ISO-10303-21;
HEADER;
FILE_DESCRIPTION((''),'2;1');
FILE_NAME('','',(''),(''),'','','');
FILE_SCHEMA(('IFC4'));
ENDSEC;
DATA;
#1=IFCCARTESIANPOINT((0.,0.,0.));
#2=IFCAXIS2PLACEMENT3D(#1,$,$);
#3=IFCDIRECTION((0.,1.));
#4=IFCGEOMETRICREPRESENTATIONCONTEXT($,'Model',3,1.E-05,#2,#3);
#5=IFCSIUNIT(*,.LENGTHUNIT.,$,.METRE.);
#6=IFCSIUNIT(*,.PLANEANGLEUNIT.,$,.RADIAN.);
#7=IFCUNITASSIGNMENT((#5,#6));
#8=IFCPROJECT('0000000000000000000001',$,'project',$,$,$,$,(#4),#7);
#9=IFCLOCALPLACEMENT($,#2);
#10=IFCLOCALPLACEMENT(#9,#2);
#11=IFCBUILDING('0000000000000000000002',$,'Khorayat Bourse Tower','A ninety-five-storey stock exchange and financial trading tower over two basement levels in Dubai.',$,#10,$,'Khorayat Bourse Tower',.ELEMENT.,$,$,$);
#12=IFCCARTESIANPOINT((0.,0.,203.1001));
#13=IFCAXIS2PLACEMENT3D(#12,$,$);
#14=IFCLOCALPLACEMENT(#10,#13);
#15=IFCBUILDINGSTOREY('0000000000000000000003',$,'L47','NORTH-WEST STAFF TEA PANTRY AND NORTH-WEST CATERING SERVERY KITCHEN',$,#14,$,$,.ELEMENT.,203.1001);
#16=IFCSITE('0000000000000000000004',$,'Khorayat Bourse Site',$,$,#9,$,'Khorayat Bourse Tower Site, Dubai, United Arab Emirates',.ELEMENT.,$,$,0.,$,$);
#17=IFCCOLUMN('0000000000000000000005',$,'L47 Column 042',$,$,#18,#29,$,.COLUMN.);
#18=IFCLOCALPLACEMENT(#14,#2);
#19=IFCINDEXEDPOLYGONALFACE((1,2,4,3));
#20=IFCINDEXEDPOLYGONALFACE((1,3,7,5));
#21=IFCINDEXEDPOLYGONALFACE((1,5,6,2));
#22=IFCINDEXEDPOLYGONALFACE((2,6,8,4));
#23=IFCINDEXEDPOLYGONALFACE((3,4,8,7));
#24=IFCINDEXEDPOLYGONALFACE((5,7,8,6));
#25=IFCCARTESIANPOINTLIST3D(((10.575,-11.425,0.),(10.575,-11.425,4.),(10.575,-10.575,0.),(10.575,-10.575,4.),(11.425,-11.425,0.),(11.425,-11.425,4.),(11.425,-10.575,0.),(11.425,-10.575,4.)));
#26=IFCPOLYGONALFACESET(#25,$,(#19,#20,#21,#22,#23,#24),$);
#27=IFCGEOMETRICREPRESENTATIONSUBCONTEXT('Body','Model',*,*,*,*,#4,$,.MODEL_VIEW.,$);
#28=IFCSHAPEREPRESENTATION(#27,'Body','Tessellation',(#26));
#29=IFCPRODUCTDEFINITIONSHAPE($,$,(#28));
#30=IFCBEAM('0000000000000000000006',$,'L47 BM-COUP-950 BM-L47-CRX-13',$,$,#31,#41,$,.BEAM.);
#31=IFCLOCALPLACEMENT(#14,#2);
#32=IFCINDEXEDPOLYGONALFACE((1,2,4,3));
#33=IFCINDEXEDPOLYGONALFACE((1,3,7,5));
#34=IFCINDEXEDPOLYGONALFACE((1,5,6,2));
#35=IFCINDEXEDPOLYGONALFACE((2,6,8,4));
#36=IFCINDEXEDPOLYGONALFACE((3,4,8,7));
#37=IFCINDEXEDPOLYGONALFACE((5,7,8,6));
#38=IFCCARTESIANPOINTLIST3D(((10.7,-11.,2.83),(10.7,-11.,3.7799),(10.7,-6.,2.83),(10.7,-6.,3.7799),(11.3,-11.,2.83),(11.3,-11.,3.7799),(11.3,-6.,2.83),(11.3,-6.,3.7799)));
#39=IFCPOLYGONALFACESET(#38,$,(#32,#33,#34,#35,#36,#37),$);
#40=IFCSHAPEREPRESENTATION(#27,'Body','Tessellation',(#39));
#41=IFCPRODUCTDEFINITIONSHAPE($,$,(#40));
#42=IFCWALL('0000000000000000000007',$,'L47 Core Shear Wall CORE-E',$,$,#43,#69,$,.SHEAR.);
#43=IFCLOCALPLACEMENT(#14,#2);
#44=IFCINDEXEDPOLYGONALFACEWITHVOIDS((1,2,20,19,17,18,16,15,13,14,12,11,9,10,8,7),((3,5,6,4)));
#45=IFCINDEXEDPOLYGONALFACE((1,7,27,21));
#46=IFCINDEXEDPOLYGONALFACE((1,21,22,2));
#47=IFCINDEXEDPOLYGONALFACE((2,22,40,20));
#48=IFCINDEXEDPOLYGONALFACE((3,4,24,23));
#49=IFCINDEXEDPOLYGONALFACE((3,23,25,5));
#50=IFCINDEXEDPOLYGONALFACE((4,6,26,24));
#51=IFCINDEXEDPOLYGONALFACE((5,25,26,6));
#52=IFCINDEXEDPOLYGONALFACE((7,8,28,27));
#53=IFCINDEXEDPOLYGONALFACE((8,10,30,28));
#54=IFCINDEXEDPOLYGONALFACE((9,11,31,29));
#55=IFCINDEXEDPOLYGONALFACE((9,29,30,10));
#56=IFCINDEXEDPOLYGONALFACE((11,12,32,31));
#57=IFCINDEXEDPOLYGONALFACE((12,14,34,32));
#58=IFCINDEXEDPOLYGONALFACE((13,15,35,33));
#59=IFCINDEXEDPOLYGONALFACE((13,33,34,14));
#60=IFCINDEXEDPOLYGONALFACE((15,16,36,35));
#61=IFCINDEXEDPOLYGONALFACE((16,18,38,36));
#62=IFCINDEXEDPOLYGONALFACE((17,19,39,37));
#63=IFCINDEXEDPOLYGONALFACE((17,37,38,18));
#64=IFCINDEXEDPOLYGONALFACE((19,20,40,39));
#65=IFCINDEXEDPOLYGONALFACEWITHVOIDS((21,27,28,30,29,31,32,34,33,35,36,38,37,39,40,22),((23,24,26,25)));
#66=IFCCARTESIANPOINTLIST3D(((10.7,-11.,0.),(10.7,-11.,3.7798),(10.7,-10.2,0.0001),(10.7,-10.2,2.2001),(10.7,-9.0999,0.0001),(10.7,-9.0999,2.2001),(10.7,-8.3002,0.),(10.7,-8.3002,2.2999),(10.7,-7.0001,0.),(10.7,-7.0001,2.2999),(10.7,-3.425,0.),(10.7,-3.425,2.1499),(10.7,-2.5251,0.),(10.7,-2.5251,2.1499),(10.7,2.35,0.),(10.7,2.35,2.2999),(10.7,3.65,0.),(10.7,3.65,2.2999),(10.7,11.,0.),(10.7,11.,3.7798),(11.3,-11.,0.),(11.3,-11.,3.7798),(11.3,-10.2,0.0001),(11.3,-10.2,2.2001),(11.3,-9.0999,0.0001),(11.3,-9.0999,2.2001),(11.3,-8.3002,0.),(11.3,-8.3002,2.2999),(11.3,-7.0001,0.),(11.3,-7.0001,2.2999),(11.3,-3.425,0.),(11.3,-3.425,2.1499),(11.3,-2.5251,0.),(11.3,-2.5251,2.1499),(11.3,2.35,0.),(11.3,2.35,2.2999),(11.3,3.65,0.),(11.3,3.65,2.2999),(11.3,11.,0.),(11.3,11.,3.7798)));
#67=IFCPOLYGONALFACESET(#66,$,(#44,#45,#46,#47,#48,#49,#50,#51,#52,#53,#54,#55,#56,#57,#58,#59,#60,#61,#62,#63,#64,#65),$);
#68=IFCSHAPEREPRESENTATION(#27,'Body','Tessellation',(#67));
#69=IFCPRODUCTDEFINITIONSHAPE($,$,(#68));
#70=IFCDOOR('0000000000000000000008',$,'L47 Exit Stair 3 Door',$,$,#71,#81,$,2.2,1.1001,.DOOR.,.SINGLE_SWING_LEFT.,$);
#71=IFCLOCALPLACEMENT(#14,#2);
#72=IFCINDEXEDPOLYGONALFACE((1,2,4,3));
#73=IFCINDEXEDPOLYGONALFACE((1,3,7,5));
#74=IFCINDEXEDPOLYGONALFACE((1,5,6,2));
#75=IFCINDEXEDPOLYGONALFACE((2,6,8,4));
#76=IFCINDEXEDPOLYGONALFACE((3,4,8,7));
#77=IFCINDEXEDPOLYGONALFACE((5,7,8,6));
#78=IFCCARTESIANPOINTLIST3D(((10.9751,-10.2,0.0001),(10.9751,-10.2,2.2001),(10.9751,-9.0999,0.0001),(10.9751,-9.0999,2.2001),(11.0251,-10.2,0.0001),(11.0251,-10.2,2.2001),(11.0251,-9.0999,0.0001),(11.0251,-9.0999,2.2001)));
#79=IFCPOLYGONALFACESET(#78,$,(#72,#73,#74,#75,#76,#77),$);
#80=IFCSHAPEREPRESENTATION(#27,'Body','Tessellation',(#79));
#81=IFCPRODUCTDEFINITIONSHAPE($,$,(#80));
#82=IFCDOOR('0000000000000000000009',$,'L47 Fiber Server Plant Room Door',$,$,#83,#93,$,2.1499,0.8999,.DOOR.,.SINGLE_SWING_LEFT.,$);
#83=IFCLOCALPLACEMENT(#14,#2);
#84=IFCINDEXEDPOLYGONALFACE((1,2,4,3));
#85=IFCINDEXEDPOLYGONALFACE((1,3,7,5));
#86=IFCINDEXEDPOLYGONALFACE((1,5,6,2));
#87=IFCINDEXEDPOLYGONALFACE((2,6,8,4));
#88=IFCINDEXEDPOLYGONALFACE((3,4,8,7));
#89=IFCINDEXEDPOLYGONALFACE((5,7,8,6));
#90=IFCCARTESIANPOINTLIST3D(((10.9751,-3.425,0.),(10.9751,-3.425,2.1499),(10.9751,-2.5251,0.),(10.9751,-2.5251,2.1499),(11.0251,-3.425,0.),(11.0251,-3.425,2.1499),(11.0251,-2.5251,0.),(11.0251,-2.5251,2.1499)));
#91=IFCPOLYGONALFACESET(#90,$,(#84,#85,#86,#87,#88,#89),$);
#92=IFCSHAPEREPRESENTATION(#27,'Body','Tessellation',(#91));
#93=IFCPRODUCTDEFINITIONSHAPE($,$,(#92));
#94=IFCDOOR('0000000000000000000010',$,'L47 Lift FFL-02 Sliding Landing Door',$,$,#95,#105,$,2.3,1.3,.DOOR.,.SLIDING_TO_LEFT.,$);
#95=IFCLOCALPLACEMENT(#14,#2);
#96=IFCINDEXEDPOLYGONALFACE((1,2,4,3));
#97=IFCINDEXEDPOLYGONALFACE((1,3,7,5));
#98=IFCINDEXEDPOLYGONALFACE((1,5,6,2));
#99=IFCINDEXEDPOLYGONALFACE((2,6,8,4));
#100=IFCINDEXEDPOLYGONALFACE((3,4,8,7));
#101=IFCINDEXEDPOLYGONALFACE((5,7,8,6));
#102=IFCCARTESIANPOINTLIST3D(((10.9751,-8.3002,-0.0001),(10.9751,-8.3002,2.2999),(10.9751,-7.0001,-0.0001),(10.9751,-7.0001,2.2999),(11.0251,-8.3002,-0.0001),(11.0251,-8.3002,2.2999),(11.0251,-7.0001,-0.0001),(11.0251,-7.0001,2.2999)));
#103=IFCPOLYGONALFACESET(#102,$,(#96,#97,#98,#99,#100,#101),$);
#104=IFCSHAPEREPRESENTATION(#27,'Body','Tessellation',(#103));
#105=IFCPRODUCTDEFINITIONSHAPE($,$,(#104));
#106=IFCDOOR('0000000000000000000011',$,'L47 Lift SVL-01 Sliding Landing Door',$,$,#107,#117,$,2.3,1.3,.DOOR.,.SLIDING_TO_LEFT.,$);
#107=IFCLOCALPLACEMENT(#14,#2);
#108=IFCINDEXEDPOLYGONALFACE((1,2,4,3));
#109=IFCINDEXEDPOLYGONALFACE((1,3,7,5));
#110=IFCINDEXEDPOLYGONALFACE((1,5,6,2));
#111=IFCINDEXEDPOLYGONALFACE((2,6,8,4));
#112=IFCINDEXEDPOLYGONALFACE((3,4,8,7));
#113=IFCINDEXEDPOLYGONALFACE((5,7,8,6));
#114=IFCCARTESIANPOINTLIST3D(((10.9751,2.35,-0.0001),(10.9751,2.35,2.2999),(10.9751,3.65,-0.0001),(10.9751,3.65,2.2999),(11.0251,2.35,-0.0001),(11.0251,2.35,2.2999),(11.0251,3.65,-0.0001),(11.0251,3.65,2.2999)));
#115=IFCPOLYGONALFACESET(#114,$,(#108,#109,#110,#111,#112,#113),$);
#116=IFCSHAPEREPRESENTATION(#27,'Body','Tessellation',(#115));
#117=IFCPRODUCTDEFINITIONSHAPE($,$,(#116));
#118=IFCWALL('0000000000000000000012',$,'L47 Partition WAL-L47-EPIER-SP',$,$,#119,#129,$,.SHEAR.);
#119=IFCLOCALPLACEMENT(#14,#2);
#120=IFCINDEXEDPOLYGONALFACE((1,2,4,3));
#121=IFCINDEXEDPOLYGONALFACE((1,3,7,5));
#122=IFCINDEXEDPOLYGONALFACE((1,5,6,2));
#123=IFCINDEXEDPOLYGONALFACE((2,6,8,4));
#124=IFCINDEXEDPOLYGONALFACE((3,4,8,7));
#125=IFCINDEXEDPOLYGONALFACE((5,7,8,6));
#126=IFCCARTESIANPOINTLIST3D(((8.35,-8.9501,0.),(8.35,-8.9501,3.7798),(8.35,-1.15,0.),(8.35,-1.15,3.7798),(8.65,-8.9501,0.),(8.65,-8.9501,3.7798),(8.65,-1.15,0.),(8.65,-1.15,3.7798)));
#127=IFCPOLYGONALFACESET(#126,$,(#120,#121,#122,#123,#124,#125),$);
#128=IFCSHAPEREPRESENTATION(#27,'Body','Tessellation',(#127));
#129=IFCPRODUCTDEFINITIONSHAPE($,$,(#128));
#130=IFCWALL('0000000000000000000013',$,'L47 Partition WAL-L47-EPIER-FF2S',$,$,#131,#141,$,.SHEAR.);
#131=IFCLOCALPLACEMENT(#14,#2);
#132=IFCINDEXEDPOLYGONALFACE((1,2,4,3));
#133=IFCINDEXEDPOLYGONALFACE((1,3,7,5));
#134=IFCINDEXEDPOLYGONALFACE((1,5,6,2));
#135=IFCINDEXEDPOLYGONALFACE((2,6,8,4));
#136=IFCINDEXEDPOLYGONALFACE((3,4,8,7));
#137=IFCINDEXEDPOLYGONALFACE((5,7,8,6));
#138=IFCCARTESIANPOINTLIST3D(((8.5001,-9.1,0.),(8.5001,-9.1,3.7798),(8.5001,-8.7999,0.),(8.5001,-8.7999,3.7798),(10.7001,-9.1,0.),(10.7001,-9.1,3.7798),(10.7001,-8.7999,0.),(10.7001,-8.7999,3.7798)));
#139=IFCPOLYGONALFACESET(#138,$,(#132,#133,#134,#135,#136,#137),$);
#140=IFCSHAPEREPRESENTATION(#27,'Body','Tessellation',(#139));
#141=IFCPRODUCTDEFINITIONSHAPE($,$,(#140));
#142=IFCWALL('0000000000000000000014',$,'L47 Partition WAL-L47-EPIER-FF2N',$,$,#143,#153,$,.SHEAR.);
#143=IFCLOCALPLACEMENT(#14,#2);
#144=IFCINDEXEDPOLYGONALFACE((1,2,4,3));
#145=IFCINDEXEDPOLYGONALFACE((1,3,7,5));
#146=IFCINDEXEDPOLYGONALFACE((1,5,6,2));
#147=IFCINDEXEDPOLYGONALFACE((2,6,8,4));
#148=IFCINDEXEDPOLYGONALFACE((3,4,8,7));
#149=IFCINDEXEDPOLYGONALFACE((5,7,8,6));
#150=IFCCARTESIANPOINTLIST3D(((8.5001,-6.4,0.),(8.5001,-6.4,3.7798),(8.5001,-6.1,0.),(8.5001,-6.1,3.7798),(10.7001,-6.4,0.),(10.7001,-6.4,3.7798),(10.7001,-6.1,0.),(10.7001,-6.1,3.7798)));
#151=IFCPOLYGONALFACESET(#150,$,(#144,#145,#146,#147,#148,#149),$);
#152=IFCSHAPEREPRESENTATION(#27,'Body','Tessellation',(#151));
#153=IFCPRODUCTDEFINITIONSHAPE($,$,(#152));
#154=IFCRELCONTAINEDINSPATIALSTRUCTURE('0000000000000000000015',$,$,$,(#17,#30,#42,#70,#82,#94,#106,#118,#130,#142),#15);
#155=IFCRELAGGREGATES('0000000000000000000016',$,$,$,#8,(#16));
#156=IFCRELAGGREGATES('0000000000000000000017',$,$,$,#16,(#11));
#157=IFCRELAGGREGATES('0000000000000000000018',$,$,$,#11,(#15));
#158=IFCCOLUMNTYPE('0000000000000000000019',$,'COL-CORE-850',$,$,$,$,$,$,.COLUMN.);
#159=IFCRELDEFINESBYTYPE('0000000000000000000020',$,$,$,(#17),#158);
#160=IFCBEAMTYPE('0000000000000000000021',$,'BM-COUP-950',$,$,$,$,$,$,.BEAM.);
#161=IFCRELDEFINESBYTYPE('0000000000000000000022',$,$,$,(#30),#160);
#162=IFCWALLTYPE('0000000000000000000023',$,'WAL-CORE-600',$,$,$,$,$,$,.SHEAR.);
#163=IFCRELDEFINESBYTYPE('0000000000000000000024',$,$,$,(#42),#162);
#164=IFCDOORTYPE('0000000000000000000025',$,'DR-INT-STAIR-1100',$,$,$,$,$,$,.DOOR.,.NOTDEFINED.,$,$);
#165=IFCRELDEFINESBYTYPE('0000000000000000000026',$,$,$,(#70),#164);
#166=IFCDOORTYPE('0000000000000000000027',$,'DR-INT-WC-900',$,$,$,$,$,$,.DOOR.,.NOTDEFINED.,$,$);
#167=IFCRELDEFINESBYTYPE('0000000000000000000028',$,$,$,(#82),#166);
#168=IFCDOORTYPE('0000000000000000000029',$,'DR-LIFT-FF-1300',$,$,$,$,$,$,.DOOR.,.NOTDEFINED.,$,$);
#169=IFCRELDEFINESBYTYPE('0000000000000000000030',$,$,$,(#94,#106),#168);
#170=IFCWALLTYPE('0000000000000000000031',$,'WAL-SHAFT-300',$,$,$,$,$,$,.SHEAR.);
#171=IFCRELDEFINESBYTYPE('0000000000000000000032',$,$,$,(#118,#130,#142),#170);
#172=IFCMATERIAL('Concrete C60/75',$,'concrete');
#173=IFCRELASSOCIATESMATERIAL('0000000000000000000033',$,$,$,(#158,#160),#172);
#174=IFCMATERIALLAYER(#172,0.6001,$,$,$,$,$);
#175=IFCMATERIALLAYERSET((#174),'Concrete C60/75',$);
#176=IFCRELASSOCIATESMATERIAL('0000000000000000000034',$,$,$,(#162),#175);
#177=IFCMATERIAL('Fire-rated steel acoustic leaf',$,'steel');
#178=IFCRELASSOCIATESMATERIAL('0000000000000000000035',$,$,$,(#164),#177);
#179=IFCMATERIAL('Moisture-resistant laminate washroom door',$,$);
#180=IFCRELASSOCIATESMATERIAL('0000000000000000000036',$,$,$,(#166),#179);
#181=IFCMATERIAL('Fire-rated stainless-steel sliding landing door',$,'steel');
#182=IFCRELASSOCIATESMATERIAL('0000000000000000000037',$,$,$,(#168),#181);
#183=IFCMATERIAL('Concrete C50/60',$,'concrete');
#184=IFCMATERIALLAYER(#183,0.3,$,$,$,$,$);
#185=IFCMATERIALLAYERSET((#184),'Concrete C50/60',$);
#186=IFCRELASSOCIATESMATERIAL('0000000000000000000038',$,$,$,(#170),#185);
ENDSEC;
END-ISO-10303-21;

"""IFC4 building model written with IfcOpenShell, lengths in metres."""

from ifc_helpers import new_model, si_unit, direction, frame, frame_2d, origin, origin_2d, place, context, subcontext, project, spatial, rectangle, extrude, source, transform, mapped, material, layer, layer_set, material_profile, profile_set, type_object, element, fill, save


model = new_model("IFC4")

# Units and contexts
model_context = context("Model", 3, precision=1e-05, world=origin(), true_north=direction((0.0, 1.0)))
body_context = subcontext(model_context, "Body", "Model", "MODEL_VIEW")
ifc_project = project(units=[si_unit("LENGTHUNIT", "METRE"), si_unit("PLANEANGLEUNIT", "RADIAN")], contexts=[model_context])

# Site, building, storey
site_placement = place(None, origin())
site = spatial("IfcSite", under=ifc_project, at=site_placement, Name="Khorayat Bourse Site", LongName="Khorayat Bourse Tower Site, Dubai, United Arab Emirates", CompositionType="ELEMENT", RefElevation=0.0)
building_placement = place(site_placement, origin())
building = spatial("IfcBuilding", under=site, at=building_placement, Name="Khorayat Bourse Tower", Description="A ninety-five-storey stock exchange and financial trading tower over two basement levels in Dubai.", LongName="Khorayat Bourse Tower", CompositionType="ELEMENT")
storey_placement = place(building_placement, frame((0.0, 0.0, 203.1001)))
storey = spatial("IfcBuildingStorey", under=building, at=storey_placement, Name="L47", Description="NORTH-WEST STAFF TEA PANTRY AND NORTH-WEST CATERING SERVERY KITCHEN", CompositionType="ELEMENT", Elevation=203.1001)

# Column
ifc_material_1 = material(Name="Concrete C60/75", Category="concrete")
ifc_material_profile_1 = material_profile(ifc_material_1, rectangle(XDim=0.8501, YDim=0.8501, at=origin_2d()), Name="RC 850x850")
ifc_profile_set_1 = profile_set([ifc_material_profile_1], Name="Concrete C60/75")
column_type = type_object("IfcColumnType", Name="COL-CORE-850", PredefinedType="COLUMN", material=ifc_profile_set_1)
shared_shape_1 = source(origin(), body_context, "Body", "SweptSolid", [
    extrude(rectangle(XDim=0.8501, YDim=0.8501, at=origin_2d()), origin(), (0.0, 0.0, 1.0), 4.0),
])
column_placement = place(storey_placement, frame((11.0, -11.0, 0.0), z_axis=(0.0, 0.0, 1.0), x_axis=(1.0, 0.0, 0.0)))
element("IfcColumn", 1, at=column_placement, inside=storey, type_object=column_type, Name="L47 Column 042", PredefinedType="COLUMN", context=body_context, shape_type="MappedRepresentation", body=[
    mapped(shared_shape_1, transform((0.0, 0.0, 0.0), scale=1.0)),
])

# Beam
ifc_material_profile_2 = material_profile(ifc_material_1, rectangle(XDim=0.6001, YDim=0.95, at=origin_2d()), Name="RC 600x950")
ifc_profile_set_2 = profile_set([ifc_material_profile_2], Name="Concrete C60/75")
beam_type = type_object("IfcBeamType", Name="BM-COUP-950", PredefinedType="BEAM", material=ifc_profile_set_2)
shared_shape_2 = source(origin(), body_context, "Body", "SweptSolid", [
    extrude(rectangle(XDim=0.6001, YDim=0.95, at=origin_2d()), origin(), (0.0, 0.0, 1.0), 5.0),
])
beam_placement = place(storey_placement, frame((11.0, -11.0, 3.3049), z_axis=(0.0, 1.0, 0.0), x_axis=(-1.0, 0.0, 0.0)))
element("IfcBeam", 2, at=beam_placement, inside=storey, type_object=beam_type, Name="L47 BM-COUP-950 BM-L47-CRX-13", PredefinedType="BEAM", context=body_context, shape_type="MappedRepresentation", body=[
    mapped(shared_shape_2, transform((0.0, 0.0, 0.0), scale=1.0)),
])

# Wall, openings, doors
ifc_layer_1 = layer(ifc_material_1, 0.6001)
ifc_layer_set_1 = layer_set([ifc_layer_1], Name="Concrete C60/75")
wall_type_1 = type_object("IfcWallType", Name="WAL-CORE-600", PredefinedType="SHEAR", material=ifc_layer_set_1)
shared_shape_3 = source(origin(), body_context, "Body", "SweptSolid", [
    extrude(rectangle(XDim=22.0, YDim=0.6001, at=frame_2d((11.0, 0.0))), origin(), (0.0, 0.0, 1.0), 3.7798),
])
wall_1_placement = place(storey_placement, frame((11.0, -11.0, 0.0), z_axis=(0.0, 0.0, 1.0), x_axis=(0.0, 1.0, 0.0)))
wall_1 = element("IfcWall", 3, at=wall_1_placement, inside=storey, type_object=wall_type_1, Name="L47 Core Shear Wall CORE-E", PredefinedType="SHEAR", context=body_context, shape_type="MappedRepresentation", body=[
    mapped(shared_shape_3, transform((0.0, 0.0, 0.0), scale=1.0)),
])
shared_shape_4 = source(origin(), body_context, "Body", "SweptSolid", [
    extrude(rectangle(XDim=1.1001, YDim=2.2, at=frame_2d((0.55, 1.1001))), frame((0.0, 0.3101, 0.0), z_axis=(0.0, -1.0, 0.0), x_axis=(1.0, 0.0, 0.0)), (0.0, 0.0, 1.0), 0.6201),
])
opening_1_placement = place(wall_1_placement, frame((0.8, 0.0, 0.0)))
opening_1 = element("IfcOpeningElement", 4, at=opening_1_placement, cuts=wall_1, PredefinedType="OPENING", context=body_context, shape_type="MappedRepresentation", body=[
    mapped(shared_shape_4, transform((0.0, 0.0, 0.0), scale=1.0)),
])
shared_shape_5 = source(origin(), body_context, "Body", "SweptSolid", [
    extrude(rectangle(XDim=0.8999, YDim=2.1499, at=frame_2d((0.45, 1.075))), frame((0.0, 0.3101, 0.0), z_axis=(0.0, -1.0, 0.0), x_axis=(1.0, 0.0, 0.0)), (0.0, 0.0, 1.0), 0.6201),
])
opening_2_placement = place(wall_1_placement, frame((7.575, 0.0, 0.0)))
opening_2 = element("IfcOpeningElement", 5, at=opening_2_placement, cuts=wall_1, PredefinedType="OPENING", context=body_context, shape_type="MappedRepresentation", body=[
    mapped(shared_shape_5, transform((0.0, 0.0, 0.0), scale=1.0)),
])
shared_shape_6 = source(origin(), body_context, "Body", "SweptSolid", [
    extrude(rectangle(XDim=1.3, YDim=2.3, at=frame_2d((0.6499, 1.1499))), frame((0.0, 0.3101, 0.0), z_axis=(0.0, -1.0, 0.0), x_axis=(1.0, 0.0, 0.0)), (0.0, 0.0, 1.0), 0.6201),
])
opening_3_placement = place(wall_1_placement, frame((2.7, 0.0, 0.0)))
opening_3 = element("IfcOpeningElement", 6, at=opening_3_placement, cuts=wall_1, PredefinedType="OPENING", context=body_context, shape_type="MappedRepresentation", body=[
    mapped(shared_shape_6, transform((0.0, 0.0, 0.0), scale=1.0)),
])
opening_4_placement = place(wall_1_placement, frame((13.3501, 0.0, 0.0)))
opening_4 = element("IfcOpeningElement", 7, at=opening_4_placement, cuts=wall_1, PredefinedType="OPENING", context=body_context, shape_type="MappedRepresentation", body=[
    mapped(shared_shape_6, transform((0.0, 0.0, 0.0), scale=1.0)),
])
ifc_material_2 = material(Name="Fire-rated steel acoustic leaf", Category="steel")
door_type_1 = type_object("IfcDoorType", Name="DR-INT-STAIR-1100", OperationType="NOTDEFINED", PredefinedType="DOOR", material=ifc_material_2)
shared_shape_7 = source(origin(), body_context, "Body", "SweptSolid", [
    extrude(rectangle(XDim=1.1001, YDim=2.2, at=frame_2d((0.55, 1.1001))), frame((0.0, 0.0249, 0.0), z_axis=(0.0, -1.0, 0.0), x_axis=(1.0, 0.0, 0.0)), (0.0, 0.0, 1.0), 0.05),
])
door_1_placement = place(opening_1_placement, origin())
door_1 = element("IfcDoor", 8, at=door_1_placement, inside=storey, type_object=door_type_1, Name="L47 Exit Stair 3 Door", OperationType="SINGLE_SWING_LEFT", OverallHeight=2.2, OverallWidth=1.1001, PredefinedType="DOOR", context=body_context, shape_type="MappedRepresentation", body=[
    mapped(shared_shape_7, transform((0.0, 0.0, 0.0), scale=1.0)),
])
fill(opening_1, door_1)
ifc_material_3 = material(Name="Moisture-resistant laminate washroom door")
door_type_2 = type_object("IfcDoorType", Name="DR-INT-WC-900", OperationType="NOTDEFINED", PredefinedType="DOOR", material=ifc_material_3)
shared_shape_8 = source(origin(), body_context, "Body", "SweptSolid", [
    extrude(rectangle(XDim=0.8999, YDim=2.1499, at=frame_2d((0.45, 1.075))), frame((0.0, 0.0249, 0.0), z_axis=(0.0, -1.0, 0.0), x_axis=(1.0, 0.0, 0.0)), (0.0, 0.0, 1.0), 0.05),
])
door_2_placement = place(opening_2_placement, origin())
door_2 = element("IfcDoor", 9, at=door_2_placement, inside=storey, type_object=door_type_2, Name="L47 Fiber Server Plant Room Door", OperationType="SINGLE_SWING_LEFT", OverallHeight=2.1499, OverallWidth=0.8999, PredefinedType="DOOR", context=body_context, shape_type="MappedRepresentation", body=[
    mapped(shared_shape_8, transform((0.0, 0.0, 0.0), scale=1.0)),
])
fill(opening_2, door_2)
ifc_material_4 = material(Name="Fire-rated stainless-steel sliding landing door", Category="steel")
door_type_3 = type_object("IfcDoorType", Name="DR-LIFT-FF-1300", OperationType="NOTDEFINED", PredefinedType="DOOR", material=ifc_material_4)
shared_shape_9 = source(origin(), body_context, "Body", "SweptSolid", [
    extrude(rectangle(XDim=1.3, YDim=2.3, at=frame_2d((0.6499, 1.1499))), frame((0.0, 0.0249, 0.0), z_axis=(0.0, -1.0, 0.0), x_axis=(1.0, 0.0, 0.0)), (0.0, 0.0, 1.0), 0.05),
])
door_3_placement = place(opening_3_placement, origin())
door_3 = element("IfcDoor", 10, at=door_3_placement, inside=storey, type_object=door_type_3, Name="L47 Lift FFL-02 Sliding Landing Door", OperationType="SLIDING_TO_LEFT", OverallHeight=2.3, OverallWidth=1.3, PredefinedType="DOOR", context=body_context, shape_type="MappedRepresentation", body=[
    mapped(shared_shape_9, transform((0.0, 0.0, 0.0), scale=1.0)),
])
fill(opening_3, door_3)
door_4_placement = place(opening_4_placement, origin())
door_4 = element("IfcDoor", 11, at=door_4_placement, inside=storey, type_object=door_type_3, Name="L47 Lift SVL-01 Sliding Landing Door", OperationType="SLIDING_TO_LEFT", OverallHeight=2.3, OverallWidth=1.3, PredefinedType="DOOR", context=body_context, shape_type="MappedRepresentation", body=[
    mapped(shared_shape_9, transform((0.0, 0.0, 0.0), scale=1.0)),
])
fill(opening_4, door_4)

# Walls
ifc_material_5 = material(Name="Concrete C50/60", Category="concrete")
ifc_layer_2 = layer(ifc_material_5, 0.3)
ifc_layer_set_2 = layer_set([ifc_layer_2], Name="Concrete C50/60")
wall_type_2 = type_object("IfcWallType", Name="WAL-SHAFT-300", PredefinedType="SHEAR", material=ifc_layer_set_2)
shared_shape_10 = source(origin(), body_context, "Body", "SweptSolid", [
    extrude(rectangle(XDim=7.8, YDim=0.3, at=frame_2d((3.8999, 0.0))), origin(), (0.0, 0.0, 1.0), 3.7798),
])
wall_2_placement = place(storey_placement, frame((8.5, -8.95, 0.0), z_axis=(0.0, 0.0, 1.0), x_axis=(0.0, 1.0, 0.0)))
element("IfcWall", 12, at=wall_2_placement, inside=storey, type_object=wall_type_2, Name="L47 Partition WAL-L47-EPIER-SP", PredefinedType="SHEAR", context=body_context, shape_type="MappedRepresentation", body=[
    mapped(shared_shape_10, transform((0.0, 0.0, 0.0), scale=1.0)),
])
shared_shape_11 = source(origin(), body_context, "Body", "SweptSolid", [
    extrude(rectangle(XDim=2.2, YDim=0.3, at=frame_2d((1.1001, 0.0))), origin(), (0.0, 0.0, 1.0), 3.7798),
])
for number, where, z_axis, x_axis, name in (
    (13, (8.5, -8.95, 0.0), (0.0, 0.0, 1.0), (1.0, 0.0, 0.0), "L47 Partition WAL-L47-EPIER-FF2S"),
    (14, (8.5, -6.25, 0.0), (0.0, 0.0, 1.0), (1.0, 0.0, 0.0), "L47 Partition WAL-L47-EPIER-FF2N"),
):
    element("IfcWall", number, at=place(storey_placement, frame(where, z_axis=z_axis, x_axis=x_axis)), inside=storey, type_object=wall_type_2, Name=name, PredefinedType="SHEAR", context=body_context, shape_type="MappedRepresentation", body=[
        mapped(shared_shape_11, transform((0.0, 0.0, 0.0), scale=1.0)),
    ])

save(model, "model.ifc")
